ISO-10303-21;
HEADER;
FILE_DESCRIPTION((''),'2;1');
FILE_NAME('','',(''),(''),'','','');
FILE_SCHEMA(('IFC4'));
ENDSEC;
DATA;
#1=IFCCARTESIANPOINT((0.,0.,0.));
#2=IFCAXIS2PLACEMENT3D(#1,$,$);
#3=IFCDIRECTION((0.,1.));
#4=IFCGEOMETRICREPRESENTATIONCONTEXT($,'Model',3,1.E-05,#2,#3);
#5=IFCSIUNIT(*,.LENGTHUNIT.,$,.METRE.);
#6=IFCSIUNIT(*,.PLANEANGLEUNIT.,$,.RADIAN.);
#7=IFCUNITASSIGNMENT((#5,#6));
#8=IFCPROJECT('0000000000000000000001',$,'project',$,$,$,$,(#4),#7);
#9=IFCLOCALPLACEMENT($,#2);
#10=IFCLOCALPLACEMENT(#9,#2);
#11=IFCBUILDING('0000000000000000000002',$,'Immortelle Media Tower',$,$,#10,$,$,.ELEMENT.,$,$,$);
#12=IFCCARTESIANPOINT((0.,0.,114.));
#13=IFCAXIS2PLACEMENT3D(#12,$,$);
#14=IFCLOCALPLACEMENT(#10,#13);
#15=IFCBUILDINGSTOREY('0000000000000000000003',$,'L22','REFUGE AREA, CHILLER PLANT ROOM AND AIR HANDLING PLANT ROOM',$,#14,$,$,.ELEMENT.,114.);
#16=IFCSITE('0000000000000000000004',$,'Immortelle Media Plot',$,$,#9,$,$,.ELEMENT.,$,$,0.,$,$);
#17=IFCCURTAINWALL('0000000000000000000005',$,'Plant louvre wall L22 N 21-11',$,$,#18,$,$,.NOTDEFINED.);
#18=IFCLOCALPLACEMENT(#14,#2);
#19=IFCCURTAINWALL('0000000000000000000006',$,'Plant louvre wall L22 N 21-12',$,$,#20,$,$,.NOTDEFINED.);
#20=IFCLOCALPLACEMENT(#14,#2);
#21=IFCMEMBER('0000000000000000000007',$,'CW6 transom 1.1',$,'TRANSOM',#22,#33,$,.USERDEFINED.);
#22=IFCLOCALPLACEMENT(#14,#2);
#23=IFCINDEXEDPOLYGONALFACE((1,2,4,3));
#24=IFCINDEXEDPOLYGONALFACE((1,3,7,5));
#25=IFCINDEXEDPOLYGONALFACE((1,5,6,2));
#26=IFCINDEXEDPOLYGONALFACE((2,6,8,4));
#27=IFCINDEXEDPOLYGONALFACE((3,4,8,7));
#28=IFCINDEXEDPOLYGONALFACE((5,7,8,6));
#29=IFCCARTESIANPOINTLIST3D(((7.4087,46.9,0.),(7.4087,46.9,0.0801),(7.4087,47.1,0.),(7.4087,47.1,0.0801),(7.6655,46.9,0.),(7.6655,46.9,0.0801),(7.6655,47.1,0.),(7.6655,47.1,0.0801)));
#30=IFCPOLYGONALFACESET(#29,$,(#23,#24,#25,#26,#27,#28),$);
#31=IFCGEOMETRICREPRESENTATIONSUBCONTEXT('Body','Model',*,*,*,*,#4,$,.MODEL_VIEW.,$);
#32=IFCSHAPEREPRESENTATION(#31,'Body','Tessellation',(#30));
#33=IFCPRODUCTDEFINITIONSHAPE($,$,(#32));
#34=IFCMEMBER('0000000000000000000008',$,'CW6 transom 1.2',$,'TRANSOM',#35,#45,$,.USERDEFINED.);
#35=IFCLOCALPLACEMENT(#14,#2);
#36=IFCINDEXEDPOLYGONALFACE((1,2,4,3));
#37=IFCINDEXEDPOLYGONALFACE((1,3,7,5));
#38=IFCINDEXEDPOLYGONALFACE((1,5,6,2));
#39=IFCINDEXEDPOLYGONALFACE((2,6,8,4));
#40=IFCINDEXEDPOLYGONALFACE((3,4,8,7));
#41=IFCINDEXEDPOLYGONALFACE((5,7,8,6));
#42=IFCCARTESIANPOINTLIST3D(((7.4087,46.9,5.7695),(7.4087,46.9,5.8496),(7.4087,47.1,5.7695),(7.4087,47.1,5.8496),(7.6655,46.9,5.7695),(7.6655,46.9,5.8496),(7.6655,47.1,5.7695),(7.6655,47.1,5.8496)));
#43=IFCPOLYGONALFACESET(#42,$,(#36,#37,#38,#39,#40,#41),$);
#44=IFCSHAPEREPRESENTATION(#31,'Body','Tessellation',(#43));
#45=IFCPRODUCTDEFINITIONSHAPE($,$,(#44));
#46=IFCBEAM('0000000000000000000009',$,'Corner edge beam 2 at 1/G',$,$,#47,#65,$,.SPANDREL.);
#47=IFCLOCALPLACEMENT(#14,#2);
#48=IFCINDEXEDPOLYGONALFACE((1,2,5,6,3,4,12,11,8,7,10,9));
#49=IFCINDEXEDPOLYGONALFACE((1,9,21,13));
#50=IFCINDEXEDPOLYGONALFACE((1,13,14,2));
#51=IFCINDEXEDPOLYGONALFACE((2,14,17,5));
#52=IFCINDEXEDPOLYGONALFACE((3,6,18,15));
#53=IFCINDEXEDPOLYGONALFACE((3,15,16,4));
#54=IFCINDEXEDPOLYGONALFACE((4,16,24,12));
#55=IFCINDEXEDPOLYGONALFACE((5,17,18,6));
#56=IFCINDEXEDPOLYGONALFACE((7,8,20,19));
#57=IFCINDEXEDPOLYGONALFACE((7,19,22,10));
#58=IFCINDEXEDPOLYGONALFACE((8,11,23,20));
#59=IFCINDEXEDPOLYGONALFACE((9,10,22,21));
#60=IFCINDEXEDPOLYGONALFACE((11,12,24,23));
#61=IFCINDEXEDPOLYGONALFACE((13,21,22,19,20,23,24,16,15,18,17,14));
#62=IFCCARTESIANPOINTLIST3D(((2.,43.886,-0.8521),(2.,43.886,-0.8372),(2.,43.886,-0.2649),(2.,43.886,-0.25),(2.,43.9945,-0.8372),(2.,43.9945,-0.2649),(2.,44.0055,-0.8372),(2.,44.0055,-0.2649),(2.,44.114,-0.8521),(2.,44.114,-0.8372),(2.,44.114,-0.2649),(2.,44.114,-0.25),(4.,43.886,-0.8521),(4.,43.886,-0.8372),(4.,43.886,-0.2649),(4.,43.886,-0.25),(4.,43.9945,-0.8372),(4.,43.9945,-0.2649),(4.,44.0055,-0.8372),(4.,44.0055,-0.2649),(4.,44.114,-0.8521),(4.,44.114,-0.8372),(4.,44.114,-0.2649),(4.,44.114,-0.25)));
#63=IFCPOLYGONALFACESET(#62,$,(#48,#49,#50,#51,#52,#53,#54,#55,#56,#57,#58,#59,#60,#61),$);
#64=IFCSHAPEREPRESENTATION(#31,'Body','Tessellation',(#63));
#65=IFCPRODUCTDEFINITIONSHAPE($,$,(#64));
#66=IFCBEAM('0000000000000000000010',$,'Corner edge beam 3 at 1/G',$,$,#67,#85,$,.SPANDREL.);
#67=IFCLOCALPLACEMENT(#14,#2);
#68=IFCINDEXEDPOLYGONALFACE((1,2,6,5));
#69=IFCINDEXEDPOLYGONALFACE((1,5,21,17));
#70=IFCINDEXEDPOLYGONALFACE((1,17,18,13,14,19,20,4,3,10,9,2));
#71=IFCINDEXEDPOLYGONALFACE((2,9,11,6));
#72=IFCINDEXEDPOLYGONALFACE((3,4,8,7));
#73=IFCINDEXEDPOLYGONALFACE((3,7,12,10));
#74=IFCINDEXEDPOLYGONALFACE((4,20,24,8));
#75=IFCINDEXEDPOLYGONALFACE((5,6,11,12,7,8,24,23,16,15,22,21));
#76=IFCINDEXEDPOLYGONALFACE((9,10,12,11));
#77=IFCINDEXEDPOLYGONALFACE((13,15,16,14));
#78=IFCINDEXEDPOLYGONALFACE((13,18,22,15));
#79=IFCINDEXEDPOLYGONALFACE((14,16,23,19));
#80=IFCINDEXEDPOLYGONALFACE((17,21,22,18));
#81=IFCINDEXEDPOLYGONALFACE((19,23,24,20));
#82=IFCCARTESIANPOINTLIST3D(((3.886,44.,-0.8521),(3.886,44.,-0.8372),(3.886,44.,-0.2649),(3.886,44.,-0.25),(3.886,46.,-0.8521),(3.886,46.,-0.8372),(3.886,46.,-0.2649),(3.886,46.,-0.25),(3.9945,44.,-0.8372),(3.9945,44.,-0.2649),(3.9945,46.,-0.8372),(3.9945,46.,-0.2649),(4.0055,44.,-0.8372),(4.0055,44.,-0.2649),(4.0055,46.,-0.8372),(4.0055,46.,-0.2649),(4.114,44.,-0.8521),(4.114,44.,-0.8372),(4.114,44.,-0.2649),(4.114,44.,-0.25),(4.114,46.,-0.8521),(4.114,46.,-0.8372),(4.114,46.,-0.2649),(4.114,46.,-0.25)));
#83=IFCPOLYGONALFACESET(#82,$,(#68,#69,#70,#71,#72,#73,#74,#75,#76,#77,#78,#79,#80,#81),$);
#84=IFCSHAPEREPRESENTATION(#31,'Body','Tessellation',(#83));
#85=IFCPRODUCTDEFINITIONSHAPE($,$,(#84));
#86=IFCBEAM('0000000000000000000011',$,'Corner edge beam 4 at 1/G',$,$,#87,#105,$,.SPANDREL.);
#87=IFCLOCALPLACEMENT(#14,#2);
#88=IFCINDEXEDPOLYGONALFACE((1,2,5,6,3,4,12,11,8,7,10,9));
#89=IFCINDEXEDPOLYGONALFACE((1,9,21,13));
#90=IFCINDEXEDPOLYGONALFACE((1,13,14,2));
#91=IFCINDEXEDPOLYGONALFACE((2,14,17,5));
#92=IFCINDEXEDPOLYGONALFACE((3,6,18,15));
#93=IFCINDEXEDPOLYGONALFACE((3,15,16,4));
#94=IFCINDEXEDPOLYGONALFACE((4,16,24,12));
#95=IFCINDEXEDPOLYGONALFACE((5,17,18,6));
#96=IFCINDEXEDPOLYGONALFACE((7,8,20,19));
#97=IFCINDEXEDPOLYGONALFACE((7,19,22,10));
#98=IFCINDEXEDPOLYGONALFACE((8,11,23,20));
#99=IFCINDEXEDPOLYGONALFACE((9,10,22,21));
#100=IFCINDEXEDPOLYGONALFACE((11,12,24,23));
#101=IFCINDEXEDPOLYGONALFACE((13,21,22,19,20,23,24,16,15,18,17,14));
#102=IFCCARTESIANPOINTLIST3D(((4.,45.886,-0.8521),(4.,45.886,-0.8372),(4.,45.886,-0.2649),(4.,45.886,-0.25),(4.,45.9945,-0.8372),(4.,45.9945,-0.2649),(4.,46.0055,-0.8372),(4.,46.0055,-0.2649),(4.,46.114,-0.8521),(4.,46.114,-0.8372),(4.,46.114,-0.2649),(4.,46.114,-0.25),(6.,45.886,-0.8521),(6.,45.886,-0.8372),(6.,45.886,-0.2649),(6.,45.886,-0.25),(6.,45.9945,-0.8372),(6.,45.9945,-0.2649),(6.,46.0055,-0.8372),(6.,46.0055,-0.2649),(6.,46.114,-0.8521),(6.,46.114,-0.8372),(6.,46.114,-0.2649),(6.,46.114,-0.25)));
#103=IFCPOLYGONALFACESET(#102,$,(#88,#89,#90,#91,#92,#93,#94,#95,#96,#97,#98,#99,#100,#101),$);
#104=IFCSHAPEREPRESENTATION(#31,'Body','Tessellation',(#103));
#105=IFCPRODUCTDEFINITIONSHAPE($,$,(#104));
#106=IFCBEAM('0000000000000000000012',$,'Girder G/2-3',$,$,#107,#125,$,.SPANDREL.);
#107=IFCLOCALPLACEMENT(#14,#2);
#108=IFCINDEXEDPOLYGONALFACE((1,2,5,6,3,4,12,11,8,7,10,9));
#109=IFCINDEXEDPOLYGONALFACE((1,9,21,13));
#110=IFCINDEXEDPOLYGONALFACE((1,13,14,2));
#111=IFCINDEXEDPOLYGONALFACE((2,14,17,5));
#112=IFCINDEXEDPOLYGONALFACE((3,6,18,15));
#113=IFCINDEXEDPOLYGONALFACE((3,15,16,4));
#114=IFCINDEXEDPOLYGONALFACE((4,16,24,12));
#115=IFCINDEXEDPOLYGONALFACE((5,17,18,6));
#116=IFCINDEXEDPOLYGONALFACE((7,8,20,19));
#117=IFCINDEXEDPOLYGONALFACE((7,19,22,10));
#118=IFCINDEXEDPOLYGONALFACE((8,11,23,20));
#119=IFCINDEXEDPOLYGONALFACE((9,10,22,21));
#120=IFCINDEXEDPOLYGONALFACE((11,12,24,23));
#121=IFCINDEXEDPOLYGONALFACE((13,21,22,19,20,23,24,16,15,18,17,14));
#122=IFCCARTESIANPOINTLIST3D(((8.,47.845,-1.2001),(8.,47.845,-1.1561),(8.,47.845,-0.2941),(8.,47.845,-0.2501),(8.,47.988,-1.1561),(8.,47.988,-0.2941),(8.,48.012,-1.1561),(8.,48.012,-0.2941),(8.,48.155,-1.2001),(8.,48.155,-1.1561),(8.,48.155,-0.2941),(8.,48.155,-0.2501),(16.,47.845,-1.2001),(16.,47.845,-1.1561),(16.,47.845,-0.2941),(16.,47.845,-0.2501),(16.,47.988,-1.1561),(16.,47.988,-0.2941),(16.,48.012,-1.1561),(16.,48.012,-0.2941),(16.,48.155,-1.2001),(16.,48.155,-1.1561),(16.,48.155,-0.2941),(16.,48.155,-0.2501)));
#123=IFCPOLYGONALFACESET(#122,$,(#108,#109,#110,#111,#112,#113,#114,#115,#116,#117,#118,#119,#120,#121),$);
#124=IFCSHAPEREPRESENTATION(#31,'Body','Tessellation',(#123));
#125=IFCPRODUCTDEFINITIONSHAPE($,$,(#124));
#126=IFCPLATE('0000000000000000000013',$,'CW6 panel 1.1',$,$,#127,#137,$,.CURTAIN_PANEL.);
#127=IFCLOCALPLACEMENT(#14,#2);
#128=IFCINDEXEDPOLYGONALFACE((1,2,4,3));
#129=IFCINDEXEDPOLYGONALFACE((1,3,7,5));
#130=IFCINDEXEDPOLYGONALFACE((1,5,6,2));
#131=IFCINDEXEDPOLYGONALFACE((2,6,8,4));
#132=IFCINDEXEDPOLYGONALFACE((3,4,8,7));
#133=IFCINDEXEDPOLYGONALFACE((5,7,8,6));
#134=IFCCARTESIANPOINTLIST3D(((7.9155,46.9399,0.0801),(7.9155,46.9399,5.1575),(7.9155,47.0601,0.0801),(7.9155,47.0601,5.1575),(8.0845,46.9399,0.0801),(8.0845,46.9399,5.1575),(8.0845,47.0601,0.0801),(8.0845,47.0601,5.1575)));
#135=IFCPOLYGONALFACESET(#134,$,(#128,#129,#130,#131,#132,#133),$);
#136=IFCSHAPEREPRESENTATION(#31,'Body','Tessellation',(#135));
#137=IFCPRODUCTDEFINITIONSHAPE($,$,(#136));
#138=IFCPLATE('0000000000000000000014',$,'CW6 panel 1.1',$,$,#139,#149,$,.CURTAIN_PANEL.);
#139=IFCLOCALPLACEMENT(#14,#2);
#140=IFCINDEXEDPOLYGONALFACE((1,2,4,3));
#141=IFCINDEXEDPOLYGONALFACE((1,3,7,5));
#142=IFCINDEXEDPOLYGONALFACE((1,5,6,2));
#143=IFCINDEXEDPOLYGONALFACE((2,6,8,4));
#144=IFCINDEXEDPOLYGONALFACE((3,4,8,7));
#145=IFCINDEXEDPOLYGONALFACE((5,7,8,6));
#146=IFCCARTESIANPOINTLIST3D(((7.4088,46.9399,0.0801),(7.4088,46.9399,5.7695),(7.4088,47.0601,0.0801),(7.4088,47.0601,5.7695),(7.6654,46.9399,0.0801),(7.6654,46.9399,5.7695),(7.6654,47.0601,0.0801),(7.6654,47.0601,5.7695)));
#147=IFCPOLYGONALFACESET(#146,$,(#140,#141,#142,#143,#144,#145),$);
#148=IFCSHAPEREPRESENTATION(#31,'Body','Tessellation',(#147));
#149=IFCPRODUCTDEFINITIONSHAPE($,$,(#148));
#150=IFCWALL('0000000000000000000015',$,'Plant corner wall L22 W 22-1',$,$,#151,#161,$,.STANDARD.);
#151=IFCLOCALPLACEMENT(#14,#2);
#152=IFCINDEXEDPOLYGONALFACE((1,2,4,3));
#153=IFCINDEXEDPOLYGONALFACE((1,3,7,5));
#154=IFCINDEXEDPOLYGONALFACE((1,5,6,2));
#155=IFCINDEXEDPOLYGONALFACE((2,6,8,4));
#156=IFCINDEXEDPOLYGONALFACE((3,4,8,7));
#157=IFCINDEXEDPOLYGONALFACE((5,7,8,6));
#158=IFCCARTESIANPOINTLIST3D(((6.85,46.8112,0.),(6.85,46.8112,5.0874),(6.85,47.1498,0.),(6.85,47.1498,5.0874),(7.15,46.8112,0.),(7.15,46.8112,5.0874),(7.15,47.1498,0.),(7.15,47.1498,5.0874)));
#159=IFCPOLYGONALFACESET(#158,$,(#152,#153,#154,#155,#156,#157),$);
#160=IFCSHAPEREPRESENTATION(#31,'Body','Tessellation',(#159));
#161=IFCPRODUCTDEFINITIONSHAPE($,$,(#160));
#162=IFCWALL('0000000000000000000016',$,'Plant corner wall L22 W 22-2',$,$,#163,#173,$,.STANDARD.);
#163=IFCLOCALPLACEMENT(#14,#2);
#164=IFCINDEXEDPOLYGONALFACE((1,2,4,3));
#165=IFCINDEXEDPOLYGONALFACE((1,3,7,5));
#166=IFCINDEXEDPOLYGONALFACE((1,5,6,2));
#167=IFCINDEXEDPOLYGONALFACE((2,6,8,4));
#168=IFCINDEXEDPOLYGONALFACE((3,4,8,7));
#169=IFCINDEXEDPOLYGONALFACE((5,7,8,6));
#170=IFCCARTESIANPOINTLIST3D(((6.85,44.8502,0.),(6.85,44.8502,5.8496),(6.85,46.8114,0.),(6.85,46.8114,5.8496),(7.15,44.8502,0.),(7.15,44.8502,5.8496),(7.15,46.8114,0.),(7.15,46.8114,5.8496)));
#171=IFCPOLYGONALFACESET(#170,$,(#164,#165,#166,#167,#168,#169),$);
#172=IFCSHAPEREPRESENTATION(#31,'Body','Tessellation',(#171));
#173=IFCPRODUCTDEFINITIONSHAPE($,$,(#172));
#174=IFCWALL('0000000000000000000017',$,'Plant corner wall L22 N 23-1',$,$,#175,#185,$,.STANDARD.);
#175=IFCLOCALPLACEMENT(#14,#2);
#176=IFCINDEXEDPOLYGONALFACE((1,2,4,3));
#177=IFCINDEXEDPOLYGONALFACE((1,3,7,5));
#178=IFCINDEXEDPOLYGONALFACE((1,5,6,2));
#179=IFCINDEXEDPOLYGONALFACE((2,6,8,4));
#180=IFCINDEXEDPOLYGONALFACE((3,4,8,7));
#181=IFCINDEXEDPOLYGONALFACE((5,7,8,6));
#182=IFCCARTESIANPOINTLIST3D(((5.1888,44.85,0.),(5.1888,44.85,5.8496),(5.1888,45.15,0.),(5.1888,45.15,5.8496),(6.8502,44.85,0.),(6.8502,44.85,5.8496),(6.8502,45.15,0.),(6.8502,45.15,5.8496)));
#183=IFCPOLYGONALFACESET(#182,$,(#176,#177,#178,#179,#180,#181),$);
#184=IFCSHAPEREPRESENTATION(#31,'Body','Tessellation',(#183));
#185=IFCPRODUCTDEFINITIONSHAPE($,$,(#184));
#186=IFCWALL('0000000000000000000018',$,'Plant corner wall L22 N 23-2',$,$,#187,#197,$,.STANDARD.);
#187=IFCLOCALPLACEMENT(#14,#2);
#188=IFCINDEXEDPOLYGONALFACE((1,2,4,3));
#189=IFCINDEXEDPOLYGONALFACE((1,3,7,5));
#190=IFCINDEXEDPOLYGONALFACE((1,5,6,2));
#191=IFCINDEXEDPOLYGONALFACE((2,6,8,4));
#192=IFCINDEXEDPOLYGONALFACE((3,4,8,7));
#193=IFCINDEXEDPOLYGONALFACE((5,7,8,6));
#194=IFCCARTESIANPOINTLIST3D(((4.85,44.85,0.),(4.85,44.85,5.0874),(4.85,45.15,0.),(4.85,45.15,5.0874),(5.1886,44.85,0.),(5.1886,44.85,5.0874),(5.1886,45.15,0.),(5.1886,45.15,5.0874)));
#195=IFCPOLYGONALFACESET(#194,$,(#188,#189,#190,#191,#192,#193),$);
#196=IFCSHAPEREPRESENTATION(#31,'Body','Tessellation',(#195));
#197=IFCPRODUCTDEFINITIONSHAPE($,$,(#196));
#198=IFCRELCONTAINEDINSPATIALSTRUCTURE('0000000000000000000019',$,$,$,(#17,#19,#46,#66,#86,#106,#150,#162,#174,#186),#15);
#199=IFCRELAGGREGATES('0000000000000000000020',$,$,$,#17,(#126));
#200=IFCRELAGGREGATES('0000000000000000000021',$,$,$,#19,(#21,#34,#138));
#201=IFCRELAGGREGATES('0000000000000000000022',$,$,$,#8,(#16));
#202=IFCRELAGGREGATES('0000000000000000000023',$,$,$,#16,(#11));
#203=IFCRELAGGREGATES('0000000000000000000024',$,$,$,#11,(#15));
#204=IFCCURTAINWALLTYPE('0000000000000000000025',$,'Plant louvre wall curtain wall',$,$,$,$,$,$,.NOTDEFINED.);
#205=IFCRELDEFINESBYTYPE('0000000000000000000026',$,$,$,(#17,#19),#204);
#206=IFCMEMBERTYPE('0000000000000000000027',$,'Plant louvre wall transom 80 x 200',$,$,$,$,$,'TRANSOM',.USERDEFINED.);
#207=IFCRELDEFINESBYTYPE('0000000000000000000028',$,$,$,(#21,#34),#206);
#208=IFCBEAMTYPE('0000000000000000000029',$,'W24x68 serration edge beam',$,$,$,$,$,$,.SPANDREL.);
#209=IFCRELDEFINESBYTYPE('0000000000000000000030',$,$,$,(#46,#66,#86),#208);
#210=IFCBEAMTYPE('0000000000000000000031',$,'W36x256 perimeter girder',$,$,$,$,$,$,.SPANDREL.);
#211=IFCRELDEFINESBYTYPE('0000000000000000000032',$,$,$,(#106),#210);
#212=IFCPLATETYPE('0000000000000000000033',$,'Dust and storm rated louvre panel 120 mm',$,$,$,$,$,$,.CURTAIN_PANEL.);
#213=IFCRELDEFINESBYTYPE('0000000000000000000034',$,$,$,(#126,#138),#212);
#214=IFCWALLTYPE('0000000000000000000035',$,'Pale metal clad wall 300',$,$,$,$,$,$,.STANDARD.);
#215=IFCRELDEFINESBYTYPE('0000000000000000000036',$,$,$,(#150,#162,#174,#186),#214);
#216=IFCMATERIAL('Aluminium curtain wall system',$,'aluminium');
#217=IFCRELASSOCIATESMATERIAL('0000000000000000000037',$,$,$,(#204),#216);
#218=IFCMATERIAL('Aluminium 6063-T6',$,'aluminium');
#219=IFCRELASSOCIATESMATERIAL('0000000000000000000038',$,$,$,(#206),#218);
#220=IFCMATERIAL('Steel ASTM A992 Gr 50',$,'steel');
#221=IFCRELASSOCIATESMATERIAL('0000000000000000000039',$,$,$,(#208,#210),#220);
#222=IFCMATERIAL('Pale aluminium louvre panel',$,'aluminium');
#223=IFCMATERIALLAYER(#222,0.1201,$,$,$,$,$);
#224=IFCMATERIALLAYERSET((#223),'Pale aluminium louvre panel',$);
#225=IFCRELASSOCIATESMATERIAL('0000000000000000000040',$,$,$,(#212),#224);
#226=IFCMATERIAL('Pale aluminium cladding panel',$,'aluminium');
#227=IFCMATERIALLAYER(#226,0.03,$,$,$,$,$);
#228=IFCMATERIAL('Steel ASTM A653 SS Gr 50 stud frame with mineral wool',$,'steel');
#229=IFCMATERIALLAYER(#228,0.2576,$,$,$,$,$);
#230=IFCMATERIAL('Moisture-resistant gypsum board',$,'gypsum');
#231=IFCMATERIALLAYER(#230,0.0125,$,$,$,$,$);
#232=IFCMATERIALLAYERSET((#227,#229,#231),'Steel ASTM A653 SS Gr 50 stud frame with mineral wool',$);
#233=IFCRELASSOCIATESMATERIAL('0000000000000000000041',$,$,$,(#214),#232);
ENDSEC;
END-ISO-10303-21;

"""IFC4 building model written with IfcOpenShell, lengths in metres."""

from ifc_helpers import new_model, si_unit, direction, frame, frame_2d, origin, origin_2d, place, context, subcontext, project, spatial, rectangle, i_section, extrude, material, layer, layer_set, material_profile, profile_set, type_object, element, aggregate, save


model = new_model("IFC4")

# Units and contexts
model_context = context("Model", 3, precision=1e-05, world=origin(), true_north=direction((0.0, 1.0)))
body_context = subcontext(model_context, "Body", "Model", "MODEL_VIEW")
ifc_project = project(units=[si_unit("LENGTHUNIT", "METRE"), si_unit("PLANEANGLEUNIT", "RADIAN")], contexts=[model_context])

# Site, building, storey
site_placement = place(None, origin())
site = spatial("IfcSite", under=ifc_project, at=site_placement, Name="Immortelle Media Plot", CompositionType="ELEMENT", RefElevation=0.0)
building_placement = place(site_placement, origin())
building = spatial("IfcBuilding", under=site, at=building_placement, Name="Immortelle Media Tower", CompositionType="ELEMENT")
storey_placement = place(building_placement, frame((0.0, 0.0, 114.0)))
storey = spatial("IfcBuildingStorey", under=building, at=storey_placement, Name="L22", Description="REFUGE AREA, CHILLER PLANT ROOM AND AIR HANDLING PLANT ROOM", CompositionType="ELEMENT", Elevation=114.0)

# Shared definitions
ifc_material_1 = material(Name="Steel ASTM A992 Gr 50", Category="steel")

# Curtain wall
ifc_material_2 = material(Name="Aluminium curtain wall system", Category="aluminium")
curtain_wall_type = type_object("IfcCurtainWallType", Name="Plant louvre wall curtain wall", PredefinedType="NOTDEFINED", material=ifc_material_2)
curtain_wall_1_placement = place(storey_placement, origin())
curtain_wall_1 = element("IfcCurtainWall", 1, at=curtain_wall_1_placement, inside=storey, type_object=curtain_wall_type, Name="Plant louvre wall L22 N 21-11", PredefinedType="NOTDEFINED")
ifc_material_3 = material(Name="Aluminium 6063-T6", Category="aluminium")

# Curtain wall
curtain_wall_2_placement = place(storey_placement, origin())
curtain_wall_2 = element("IfcCurtainWall", 2, at=curtain_wall_2_placement, inside=storey, type_object=curtain_wall_type, Name="Plant louvre wall L22 N 21-12", PredefinedType="NOTDEFINED")

# Members
ifc_material_profile_1 = material_profile(ifc_material_3, rectangle(XDim=0.2, YDim=0.0801, at=origin_2d()), Name="AL 80x200")
ifc_profile_set_1 = profile_set([ifc_material_profile_1], Name="Aluminium 6063-T6")
member_type_1 = type_object("IfcMemberType", Name="Plant louvre wall transom 80 x 200", ElementType="TRANSOM", PredefinedType="USERDEFINED", material=ifc_profile_set_1)
member_1_placement = place(storey_placement, frame((7.6655, 47.0, 0.04), z_axis=(-1.0, 0.0, 0.0), x_axis=(0.0, -1.0, 0.0)))
member_1 = element("IfcMember", 3, at=member_1_placement, type_object=member_type_1, Name="CW6 transom 1.1", ObjectType="TRANSOM", PredefinedType="USERDEFINED", context=body_context, shape_type="SweptSolid", body=[
    extrude(rectangle(XDim=0.2, YDim=0.0801, at=origin_2d()), origin(), (0.0, 0.0, 1.0), 0.2568),
])
member_2_placement = place(storey_placement, frame((7.6655, 47.0, 5.8096), z_axis=(-1.0, 0.0, 0.0), x_axis=(0.0, -1.0, 0.0)))
member_2 = element("IfcMember", 4, at=member_2_placement, type_object=member_type_1, Name="CW6 transom 1.2", ObjectType="TRANSOM", PredefinedType="USERDEFINED", context=body_context, shape_type="SweptSolid", body=[
    extrude(rectangle(XDim=0.2, YDim=0.0801, at=origin_2d()), origin(), (0.0, 0.0, 1.0), 0.2568),
])

# Beams
ifc_material_profile_2 = material_profile(ifc_material_1, i_section(OverallWidth=0.228, OverallDepth=0.6021, WebThickness=0.011, FlangeThickness=0.0149, at=origin_2d()), Name="W24x68")
ifc_profile_set_2 = profile_set([ifc_material_profile_2], Name="Steel ASTM A992 Gr 50")
beam_type_1 = type_object("IfcBeamType", Name="W24x68 serration edge beam", PredefinedType="SPANDREL", material=ifc_profile_set_2)
for number, where, z_axis, x_axis, name in (
    (5, (2.0, 44.0, -0.551), (1.0, 0.0, 0.0), (0.0, 1.0, 0.0), "Corner edge beam 2 at 1/G"),
    (6, (4.0, 44.0, -0.551), (0.0, 1.0, 0.0), (-1.0, 0.0, 0.0), "Corner edge beam 3 at 1/G"),
    (7, (4.0, 46.0, -0.551), (1.0, 0.0, 0.0), (0.0, 1.0, 0.0), "Corner edge beam 4 at 1/G"),
):
    element("IfcBeam", number, at=place(storey_placement, frame(where, z_axis=z_axis, x_axis=x_axis)), inside=storey, type_object=beam_type_1, Name=name, PredefinedType="SPANDREL", context=body_context, shape_type="SweptSolid", body=[
        extrude(i_section(OverallWidth=0.228, OverallDepth=0.6021, WebThickness=0.011, FlangeThickness=0.0149, at=origin_2d()), origin(), (0.0, 0.0, 1.0), 2.0),
    ])
ifc_material_profile_3 = material_profile(ifc_material_1, i_section(OverallWidth=0.3101, OverallDepth=0.95, WebThickness=0.0239, FlangeThickness=0.0439, at=origin_2d()), Name="W36x256")
ifc_profile_set_3 = profile_set([ifc_material_profile_3], Name="Steel ASTM A992 Gr 50")
beam_type_2 = type_object("IfcBeamType", Name="W36x256 perimeter girder", PredefinedType="SPANDREL", material=ifc_profile_set_3)
beam_placement = place(storey_placement, frame((8.0, 48.0, -0.7251), z_axis=(1.0, 0.0, 0.0), x_axis=(0.0, 1.0, 0.0)))
element("IfcBeam", 8, at=beam_placement, inside=storey, type_object=beam_type_2, Name="Girder G/2-3", PredefinedType="SPANDREL", context=body_context, shape_type="SweptSolid", body=[
    extrude(i_section(OverallWidth=0.3101, OverallDepth=0.95, WebThickness=0.0239, FlangeThickness=0.0439, at=origin_2d()), origin(), (0.0, 0.0, 1.0), 8.0),
])

# Plates
ifc_material_4 = material(Name="Pale aluminium louvre panel", Category="aluminium")
ifc_layer_1 = layer(ifc_material_4, 0.1201)
ifc_layer_set_1 = layer_set([ifc_layer_1], Name="Pale aluminium louvre panel")
plate_type = type_object("IfcPlateType", Name="Dust and storm rated louvre panel 120 mm", PredefinedType="CURTAIN_PANEL", material=ifc_layer_set_1)
plate_1_placement = place(storey_placement, frame((8.0, 47.0, 0.0801), z_axis=(0.0, 0.0, 1.0), x_axis=(-1.0, 0.0, 0.0)))
plate_1 = element("IfcPlate", 9, at=plate_1_placement, type_object=plate_type, Name="CW6 panel 1.1", PredefinedType="CURTAIN_PANEL", context=body_context, shape_type="SweptSolid", body=[
    extrude(rectangle(XDim=0.1689, YDim=0.1201, at=origin_2d()), origin(), (0.0, 0.0, 1.0), 5.0774),
])
aggregate(curtain_wall_1, [plate_1])
plate_2_placement = place(storey_placement, frame((7.5371, 47.0, 0.0801), z_axis=(0.0, 0.0, 1.0), x_axis=(-1.0, 0.0, 0.0)))
plate_2 = element("IfcPlate", 10, at=plate_2_placement, type_object=plate_type, Name="CW6 panel 1.1", PredefinedType="CURTAIN_PANEL", context=body_context, shape_type="SweptSolid", body=[
    extrude(rectangle(XDim=0.2566, YDim=0.1201, at=origin_2d()), origin(), (0.0, 0.0, 1.0), 5.6895),
])
aggregate(curtain_wall_2, [member_1, member_2, plate_2])

# Walls
ifc_material_5 = material(Name="Pale aluminium cladding panel", Category="aluminium")
ifc_layer_2 = layer(ifc_material_5, 0.03)
ifc_material_6 = material(Name="Steel ASTM A653 SS Gr 50 stud frame with mineral wool", Category="steel")
ifc_layer_3 = layer(ifc_material_6, 0.2576)
ifc_material_7 = material(Name="Moisture-resistant gypsum board", Category="gypsum")
ifc_layer_4 = layer(ifc_material_7, 0.0125)
ifc_layer_set_2 = layer_set([ifc_layer_2, ifc_layer_3, ifc_layer_4], Name="Steel ASTM A653 SS Gr 50 stud frame with mineral wool")
wall_type = type_object("IfcWallType", Name="Pale metal clad wall 300", PredefinedType="STANDARD", material=ifc_layer_set_2)
wall_1_placement = place(storey_placement, frame((7.0, 47.1499, 0.0), z_axis=(0.0, 0.0, 1.0), x_axis=(0.0, -1.0, 0.0)))
element("IfcWall", 11, at=wall_1_placement, inside=storey, type_object=wall_type, Name="Plant corner wall L22 W 22-1", PredefinedType="STANDARD", context=body_context, shape_type="SweptSolid", body=[
    extrude(rectangle(XDim=0.3386, YDim=0.3, at=frame_2d((0.1694, 0.0))), origin(), (0.0, 0.0, 1.0), 5.0874),
])
wall_2_placement = place(storey_placement, frame((7.0, 46.8113, 0.0), z_axis=(0.0, 0.0, 1.0), x_axis=(0.0, -1.0, 0.0)))
element("IfcWall", 12, at=wall_2_placement, inside=storey, type_object=wall_type, Name="Plant corner wall L22 W 22-2", PredefinedType="STANDARD", context=body_context, shape_type="SweptSolid", body=[
    extrude(rectangle(XDim=1.9612, YDim=0.3, at=frame_2d((0.9805, 0.0))), origin(), (0.0, 0.0, 1.0), 5.8496),
])
wall_3_placement = place(storey_placement, frame((6.8501, 45.0, 0.0), z_axis=(0.0, 0.0, 1.0), x_axis=(-1.0, 0.0, 0.0)))
element("IfcWall", 13, at=wall_3_placement, inside=storey, type_object=wall_type, Name="Plant corner wall L22 N 23-1", PredefinedType="STANDARD", context=body_context, shape_type="SweptSolid", body=[
    extrude(rectangle(XDim=1.6614, YDim=0.3, at=frame_2d((0.8306, 0.0))), origin(), (0.0, 0.0, 1.0), 5.8496),
])
wall_4_placement = place(storey_placement, frame((5.1887, 45.0, 0.0), z_axis=(0.0, 0.0, 1.0), x_axis=(-1.0, 0.0, 0.0)))
element("IfcWall", 14, at=wall_4_placement, inside=storey, type_object=wall_type, Name="Plant corner wall L22 N 23-2", PredefinedType="STANDARD", context=body_context, shape_type="SweptSolid", body=[
    extrude(rectangle(XDim=0.3386, YDim=0.3, at=frame_2d((0.1694, 0.0))), origin(), (0.0, 0.0, 1.0), 5.0874),
])

save(model, "model.ifc")
